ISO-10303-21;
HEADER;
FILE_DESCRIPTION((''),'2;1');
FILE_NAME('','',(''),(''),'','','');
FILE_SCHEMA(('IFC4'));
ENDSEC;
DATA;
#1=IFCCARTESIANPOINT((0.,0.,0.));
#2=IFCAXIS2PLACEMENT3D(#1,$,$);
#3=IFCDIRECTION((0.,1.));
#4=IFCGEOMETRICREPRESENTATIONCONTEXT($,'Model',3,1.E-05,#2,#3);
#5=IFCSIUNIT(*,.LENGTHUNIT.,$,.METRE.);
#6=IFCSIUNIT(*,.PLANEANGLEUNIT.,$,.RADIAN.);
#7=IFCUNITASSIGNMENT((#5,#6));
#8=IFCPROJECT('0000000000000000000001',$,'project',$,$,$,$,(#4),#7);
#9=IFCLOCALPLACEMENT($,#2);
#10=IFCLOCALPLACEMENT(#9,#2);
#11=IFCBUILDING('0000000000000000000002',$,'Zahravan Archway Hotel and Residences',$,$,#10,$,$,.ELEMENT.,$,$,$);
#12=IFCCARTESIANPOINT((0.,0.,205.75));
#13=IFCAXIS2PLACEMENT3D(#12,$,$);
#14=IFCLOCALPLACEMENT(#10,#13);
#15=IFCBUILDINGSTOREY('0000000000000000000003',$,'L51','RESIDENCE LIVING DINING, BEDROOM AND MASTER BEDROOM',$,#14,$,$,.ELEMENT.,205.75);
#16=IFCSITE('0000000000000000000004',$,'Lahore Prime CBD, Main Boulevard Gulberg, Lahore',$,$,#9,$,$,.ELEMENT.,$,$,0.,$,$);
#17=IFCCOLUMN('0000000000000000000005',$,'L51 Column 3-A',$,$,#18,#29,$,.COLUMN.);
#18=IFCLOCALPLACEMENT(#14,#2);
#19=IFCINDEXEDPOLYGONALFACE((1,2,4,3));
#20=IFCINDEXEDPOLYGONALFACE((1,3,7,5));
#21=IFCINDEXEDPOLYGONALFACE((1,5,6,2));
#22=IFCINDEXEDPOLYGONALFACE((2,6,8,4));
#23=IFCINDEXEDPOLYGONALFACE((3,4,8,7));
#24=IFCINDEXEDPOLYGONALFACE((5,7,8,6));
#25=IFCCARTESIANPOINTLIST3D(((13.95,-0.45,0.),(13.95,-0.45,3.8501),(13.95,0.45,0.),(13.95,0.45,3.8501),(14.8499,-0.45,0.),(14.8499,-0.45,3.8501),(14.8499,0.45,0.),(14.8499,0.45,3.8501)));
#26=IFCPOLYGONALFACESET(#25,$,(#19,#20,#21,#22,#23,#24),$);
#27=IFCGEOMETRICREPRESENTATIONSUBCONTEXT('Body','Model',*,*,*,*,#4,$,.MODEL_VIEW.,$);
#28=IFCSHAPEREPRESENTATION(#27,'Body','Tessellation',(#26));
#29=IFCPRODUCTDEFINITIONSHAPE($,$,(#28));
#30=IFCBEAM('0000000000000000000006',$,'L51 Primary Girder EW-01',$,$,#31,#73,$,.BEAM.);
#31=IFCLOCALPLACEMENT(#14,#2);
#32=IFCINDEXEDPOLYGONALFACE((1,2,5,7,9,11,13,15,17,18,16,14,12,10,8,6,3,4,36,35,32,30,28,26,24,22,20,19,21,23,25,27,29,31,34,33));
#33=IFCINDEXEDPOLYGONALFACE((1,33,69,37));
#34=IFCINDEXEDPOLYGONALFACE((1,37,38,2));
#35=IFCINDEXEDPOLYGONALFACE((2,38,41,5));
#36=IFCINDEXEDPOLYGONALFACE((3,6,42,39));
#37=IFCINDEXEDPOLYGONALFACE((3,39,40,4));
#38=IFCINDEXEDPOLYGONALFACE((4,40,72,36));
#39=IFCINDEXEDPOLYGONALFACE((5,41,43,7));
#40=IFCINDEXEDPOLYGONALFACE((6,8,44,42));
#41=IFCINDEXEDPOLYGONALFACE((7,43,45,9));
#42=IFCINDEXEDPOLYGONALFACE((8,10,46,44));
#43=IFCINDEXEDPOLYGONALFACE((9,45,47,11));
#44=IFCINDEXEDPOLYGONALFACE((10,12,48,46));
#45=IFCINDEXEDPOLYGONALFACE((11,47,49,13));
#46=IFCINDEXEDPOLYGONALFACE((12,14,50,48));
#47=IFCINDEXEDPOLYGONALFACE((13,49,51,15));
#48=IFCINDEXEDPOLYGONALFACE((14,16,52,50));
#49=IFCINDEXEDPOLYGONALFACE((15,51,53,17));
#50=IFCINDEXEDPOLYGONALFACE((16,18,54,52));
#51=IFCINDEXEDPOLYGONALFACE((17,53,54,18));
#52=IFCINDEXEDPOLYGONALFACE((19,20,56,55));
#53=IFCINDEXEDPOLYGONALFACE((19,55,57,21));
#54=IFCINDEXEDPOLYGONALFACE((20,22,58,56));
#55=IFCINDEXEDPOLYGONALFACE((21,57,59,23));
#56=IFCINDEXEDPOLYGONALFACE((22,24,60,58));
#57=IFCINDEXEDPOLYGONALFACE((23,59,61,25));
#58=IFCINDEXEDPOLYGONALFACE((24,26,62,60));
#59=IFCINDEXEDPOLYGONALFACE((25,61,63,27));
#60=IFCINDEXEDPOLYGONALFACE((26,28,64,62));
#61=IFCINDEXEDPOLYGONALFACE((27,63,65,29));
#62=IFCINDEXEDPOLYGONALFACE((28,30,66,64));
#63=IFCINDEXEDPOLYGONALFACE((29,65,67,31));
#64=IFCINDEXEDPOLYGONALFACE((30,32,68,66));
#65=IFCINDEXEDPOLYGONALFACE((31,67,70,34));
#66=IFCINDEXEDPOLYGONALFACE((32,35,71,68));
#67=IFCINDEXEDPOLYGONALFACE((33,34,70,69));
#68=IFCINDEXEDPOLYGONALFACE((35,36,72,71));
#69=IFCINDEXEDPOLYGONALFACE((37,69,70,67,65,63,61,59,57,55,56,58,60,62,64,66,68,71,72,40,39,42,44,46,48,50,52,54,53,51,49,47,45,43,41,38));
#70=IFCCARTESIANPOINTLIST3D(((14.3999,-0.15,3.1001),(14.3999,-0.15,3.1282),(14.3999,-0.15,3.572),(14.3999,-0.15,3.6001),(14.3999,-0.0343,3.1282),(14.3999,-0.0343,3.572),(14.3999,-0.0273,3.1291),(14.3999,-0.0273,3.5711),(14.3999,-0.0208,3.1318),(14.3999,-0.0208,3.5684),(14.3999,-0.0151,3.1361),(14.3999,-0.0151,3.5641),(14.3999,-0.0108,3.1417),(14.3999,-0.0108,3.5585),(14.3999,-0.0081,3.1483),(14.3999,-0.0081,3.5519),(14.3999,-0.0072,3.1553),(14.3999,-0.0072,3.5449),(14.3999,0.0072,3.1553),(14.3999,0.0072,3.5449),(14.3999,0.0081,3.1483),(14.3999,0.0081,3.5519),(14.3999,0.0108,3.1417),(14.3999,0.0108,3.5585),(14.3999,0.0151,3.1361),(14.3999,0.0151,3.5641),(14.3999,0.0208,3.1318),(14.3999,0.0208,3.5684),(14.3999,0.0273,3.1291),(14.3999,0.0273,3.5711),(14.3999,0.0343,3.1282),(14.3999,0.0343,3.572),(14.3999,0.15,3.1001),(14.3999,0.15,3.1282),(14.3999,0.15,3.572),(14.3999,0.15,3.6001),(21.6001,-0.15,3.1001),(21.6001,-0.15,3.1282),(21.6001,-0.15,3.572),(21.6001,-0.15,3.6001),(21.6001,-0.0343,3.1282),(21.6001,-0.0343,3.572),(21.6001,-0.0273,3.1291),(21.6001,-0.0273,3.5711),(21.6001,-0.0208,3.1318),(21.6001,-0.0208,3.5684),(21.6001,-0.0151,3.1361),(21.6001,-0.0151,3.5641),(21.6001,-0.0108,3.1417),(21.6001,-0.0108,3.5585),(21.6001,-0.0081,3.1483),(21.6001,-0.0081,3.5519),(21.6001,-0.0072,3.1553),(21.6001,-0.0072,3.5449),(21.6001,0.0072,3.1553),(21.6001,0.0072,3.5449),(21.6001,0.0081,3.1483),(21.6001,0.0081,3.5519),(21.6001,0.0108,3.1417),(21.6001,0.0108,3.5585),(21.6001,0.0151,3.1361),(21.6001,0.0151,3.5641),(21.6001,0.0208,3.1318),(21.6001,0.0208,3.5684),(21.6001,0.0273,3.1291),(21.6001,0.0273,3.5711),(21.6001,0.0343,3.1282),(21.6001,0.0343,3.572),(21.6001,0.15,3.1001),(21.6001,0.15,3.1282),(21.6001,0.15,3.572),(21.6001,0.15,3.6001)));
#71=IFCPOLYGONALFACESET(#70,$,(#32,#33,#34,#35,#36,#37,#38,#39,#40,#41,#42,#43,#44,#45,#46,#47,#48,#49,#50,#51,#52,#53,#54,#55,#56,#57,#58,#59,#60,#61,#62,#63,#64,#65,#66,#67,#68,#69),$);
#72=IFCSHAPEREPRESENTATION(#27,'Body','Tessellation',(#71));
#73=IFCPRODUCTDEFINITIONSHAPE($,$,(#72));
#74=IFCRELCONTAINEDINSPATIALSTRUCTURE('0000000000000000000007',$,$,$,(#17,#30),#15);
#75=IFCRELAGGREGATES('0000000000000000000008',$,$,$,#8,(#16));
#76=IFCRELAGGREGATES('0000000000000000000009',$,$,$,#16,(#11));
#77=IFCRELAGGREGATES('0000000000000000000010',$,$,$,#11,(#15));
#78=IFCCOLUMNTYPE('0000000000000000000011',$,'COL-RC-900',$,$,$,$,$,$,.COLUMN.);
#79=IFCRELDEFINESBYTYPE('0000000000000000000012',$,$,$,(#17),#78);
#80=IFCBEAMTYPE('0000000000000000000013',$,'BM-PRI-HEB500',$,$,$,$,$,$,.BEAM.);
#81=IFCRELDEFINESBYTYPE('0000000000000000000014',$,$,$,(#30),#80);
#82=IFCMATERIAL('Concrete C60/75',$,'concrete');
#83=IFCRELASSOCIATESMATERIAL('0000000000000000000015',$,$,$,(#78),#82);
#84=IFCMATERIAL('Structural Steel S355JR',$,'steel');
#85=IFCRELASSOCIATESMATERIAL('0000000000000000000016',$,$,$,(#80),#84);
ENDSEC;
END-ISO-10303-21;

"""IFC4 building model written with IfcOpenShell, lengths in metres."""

from ifc_helpers import new_model, si_unit, direction, frame, origin, origin_2d, place, context, subcontext, project, spatial, rectangle, i_section, extrude, source, transform, mapped, material, material_profile, profile_set, type_object, type_shapes, element, save


model = new_model("IFC4")

# Units and contexts
model_context = context("Model", 3, precision=1e-05, world=origin(), true_north=direction((0.0, 1.0)))
body_context = subcontext(model_context, "Body", "Model", "MODEL_VIEW")
ifc_project = project(units=[si_unit("LENGTHUNIT", "METRE"), si_unit("PLANEANGLEUNIT", "RADIAN")], contexts=[model_context])

# Site, building, storey
site_placement = place(None, origin())
site = spatial("IfcSite", under=ifc_project, at=site_placement, Name="Lahore Prime CBD, Main Boulevard Gulberg, Lahore", CompositionType="ELEMENT", RefElevation=0.0)
building_placement = place(site_placement, origin())
building = spatial("IfcBuilding", under=site, at=building_placement, Name="Zahravan Archway Hotel and Residences", CompositionType="ELEMENT")
storey_placement = place(building_placement, frame((0.0, 0.0, 205.75)))
storey = spatial("IfcBuildingStorey", under=building, at=storey_placement, Name="L51", Description="RESIDENCE LIVING DINING, BEDROOM AND MASTER BEDROOM", CompositionType="ELEMENT", Elevation=205.75)

# Column
ifc_material_1 = material(Name="Concrete C60/75", Category="concrete")
ifc_material_profile_1 = material_profile(ifc_material_1, rectangle(XDim=0.8999, YDim=0.8999, at=origin_2d()), Name="RC-COL-900x900", Category="concrete")
ifc_profile_set_1 = profile_set([ifc_material_profile_1], Name="Concrete C60/75")
column_type = type_object("IfcColumnType", Name="COL-RC-900", PredefinedType="COLUMN", material=ifc_profile_set_1)
shared_shape_1 = source(origin(), body_context, "Body", "SweptSolid", [
    extrude(rectangle(XDim=0.8999, YDim=0.8999, at=origin_2d()), origin(), (0.0, 0.0, 1.0), 3.8501),
])
type_shapes(column_type, [shared_shape_1])
column_placement = place(storey_placement, frame((14.3999, 0.0, 0.0), z_axis=(0.0, 0.0, 1.0), x_axis=(1.0, 0.0, 0.0)))
element("IfcColumn", 1, at=column_placement, inside=storey, type_object=column_type, Name="L51 Column 3-A", PredefinedType="COLUMN", context=body_context, shape_type="MappedRepresentation", body=[
    mapped(shared_shape_1, transform((0.0, 0.0, 0.0), scale=1.0)),
])

# Beam
ifc_material_2 = material(Name="Structural Steel S355JR", Category="steel")
ifc_material_profile_2 = material_profile(ifc_material_2, i_section(OverallWidth=0.3, OverallDepth=0.5, WebThickness=0.0144, FlangeThickness=0.0281, FilletRadius=0.0271, at=origin_2d()), Name="HEB 500", Category="steel")
ifc_profile_set_2 = profile_set([ifc_material_profile_2], Name="Structural Steel S355JR")
beam_type = type_object("IfcBeamType", Name="BM-PRI-HEB500", PredefinedType="BEAM", material=ifc_profile_set_2)
shared_shape_2 = source(origin(), body_context, "Body", "SweptSolid", [
    extrude(i_section(OverallWidth=0.3, OverallDepth=0.5, WebThickness=0.0144, FlangeThickness=0.0281, FilletRadius=0.0271, at=origin_2d()), origin(), (0.0, 0.0, 1.0), 7.2002),
])
type_shapes(beam_type, [shared_shape_2])
beam_placement = place(storey_placement, frame((14.3999, 0.0, 3.3501), z_axis=(1.0, 0.0, 0.0), x_axis=(0.0, 1.0, 0.0)))
element("IfcBeam", 2, at=beam_placement, inside=storey, type_object=beam_type, Name="L51 Primary Girder EW-01", PredefinedType="BEAM", context=body_context, shape_type="MappedRepresentation", body=[
    mapped(shared_shape_2, transform((0.0, 0.0, 0.0), scale=1.0)),
])

save(model, "model.ifc")
